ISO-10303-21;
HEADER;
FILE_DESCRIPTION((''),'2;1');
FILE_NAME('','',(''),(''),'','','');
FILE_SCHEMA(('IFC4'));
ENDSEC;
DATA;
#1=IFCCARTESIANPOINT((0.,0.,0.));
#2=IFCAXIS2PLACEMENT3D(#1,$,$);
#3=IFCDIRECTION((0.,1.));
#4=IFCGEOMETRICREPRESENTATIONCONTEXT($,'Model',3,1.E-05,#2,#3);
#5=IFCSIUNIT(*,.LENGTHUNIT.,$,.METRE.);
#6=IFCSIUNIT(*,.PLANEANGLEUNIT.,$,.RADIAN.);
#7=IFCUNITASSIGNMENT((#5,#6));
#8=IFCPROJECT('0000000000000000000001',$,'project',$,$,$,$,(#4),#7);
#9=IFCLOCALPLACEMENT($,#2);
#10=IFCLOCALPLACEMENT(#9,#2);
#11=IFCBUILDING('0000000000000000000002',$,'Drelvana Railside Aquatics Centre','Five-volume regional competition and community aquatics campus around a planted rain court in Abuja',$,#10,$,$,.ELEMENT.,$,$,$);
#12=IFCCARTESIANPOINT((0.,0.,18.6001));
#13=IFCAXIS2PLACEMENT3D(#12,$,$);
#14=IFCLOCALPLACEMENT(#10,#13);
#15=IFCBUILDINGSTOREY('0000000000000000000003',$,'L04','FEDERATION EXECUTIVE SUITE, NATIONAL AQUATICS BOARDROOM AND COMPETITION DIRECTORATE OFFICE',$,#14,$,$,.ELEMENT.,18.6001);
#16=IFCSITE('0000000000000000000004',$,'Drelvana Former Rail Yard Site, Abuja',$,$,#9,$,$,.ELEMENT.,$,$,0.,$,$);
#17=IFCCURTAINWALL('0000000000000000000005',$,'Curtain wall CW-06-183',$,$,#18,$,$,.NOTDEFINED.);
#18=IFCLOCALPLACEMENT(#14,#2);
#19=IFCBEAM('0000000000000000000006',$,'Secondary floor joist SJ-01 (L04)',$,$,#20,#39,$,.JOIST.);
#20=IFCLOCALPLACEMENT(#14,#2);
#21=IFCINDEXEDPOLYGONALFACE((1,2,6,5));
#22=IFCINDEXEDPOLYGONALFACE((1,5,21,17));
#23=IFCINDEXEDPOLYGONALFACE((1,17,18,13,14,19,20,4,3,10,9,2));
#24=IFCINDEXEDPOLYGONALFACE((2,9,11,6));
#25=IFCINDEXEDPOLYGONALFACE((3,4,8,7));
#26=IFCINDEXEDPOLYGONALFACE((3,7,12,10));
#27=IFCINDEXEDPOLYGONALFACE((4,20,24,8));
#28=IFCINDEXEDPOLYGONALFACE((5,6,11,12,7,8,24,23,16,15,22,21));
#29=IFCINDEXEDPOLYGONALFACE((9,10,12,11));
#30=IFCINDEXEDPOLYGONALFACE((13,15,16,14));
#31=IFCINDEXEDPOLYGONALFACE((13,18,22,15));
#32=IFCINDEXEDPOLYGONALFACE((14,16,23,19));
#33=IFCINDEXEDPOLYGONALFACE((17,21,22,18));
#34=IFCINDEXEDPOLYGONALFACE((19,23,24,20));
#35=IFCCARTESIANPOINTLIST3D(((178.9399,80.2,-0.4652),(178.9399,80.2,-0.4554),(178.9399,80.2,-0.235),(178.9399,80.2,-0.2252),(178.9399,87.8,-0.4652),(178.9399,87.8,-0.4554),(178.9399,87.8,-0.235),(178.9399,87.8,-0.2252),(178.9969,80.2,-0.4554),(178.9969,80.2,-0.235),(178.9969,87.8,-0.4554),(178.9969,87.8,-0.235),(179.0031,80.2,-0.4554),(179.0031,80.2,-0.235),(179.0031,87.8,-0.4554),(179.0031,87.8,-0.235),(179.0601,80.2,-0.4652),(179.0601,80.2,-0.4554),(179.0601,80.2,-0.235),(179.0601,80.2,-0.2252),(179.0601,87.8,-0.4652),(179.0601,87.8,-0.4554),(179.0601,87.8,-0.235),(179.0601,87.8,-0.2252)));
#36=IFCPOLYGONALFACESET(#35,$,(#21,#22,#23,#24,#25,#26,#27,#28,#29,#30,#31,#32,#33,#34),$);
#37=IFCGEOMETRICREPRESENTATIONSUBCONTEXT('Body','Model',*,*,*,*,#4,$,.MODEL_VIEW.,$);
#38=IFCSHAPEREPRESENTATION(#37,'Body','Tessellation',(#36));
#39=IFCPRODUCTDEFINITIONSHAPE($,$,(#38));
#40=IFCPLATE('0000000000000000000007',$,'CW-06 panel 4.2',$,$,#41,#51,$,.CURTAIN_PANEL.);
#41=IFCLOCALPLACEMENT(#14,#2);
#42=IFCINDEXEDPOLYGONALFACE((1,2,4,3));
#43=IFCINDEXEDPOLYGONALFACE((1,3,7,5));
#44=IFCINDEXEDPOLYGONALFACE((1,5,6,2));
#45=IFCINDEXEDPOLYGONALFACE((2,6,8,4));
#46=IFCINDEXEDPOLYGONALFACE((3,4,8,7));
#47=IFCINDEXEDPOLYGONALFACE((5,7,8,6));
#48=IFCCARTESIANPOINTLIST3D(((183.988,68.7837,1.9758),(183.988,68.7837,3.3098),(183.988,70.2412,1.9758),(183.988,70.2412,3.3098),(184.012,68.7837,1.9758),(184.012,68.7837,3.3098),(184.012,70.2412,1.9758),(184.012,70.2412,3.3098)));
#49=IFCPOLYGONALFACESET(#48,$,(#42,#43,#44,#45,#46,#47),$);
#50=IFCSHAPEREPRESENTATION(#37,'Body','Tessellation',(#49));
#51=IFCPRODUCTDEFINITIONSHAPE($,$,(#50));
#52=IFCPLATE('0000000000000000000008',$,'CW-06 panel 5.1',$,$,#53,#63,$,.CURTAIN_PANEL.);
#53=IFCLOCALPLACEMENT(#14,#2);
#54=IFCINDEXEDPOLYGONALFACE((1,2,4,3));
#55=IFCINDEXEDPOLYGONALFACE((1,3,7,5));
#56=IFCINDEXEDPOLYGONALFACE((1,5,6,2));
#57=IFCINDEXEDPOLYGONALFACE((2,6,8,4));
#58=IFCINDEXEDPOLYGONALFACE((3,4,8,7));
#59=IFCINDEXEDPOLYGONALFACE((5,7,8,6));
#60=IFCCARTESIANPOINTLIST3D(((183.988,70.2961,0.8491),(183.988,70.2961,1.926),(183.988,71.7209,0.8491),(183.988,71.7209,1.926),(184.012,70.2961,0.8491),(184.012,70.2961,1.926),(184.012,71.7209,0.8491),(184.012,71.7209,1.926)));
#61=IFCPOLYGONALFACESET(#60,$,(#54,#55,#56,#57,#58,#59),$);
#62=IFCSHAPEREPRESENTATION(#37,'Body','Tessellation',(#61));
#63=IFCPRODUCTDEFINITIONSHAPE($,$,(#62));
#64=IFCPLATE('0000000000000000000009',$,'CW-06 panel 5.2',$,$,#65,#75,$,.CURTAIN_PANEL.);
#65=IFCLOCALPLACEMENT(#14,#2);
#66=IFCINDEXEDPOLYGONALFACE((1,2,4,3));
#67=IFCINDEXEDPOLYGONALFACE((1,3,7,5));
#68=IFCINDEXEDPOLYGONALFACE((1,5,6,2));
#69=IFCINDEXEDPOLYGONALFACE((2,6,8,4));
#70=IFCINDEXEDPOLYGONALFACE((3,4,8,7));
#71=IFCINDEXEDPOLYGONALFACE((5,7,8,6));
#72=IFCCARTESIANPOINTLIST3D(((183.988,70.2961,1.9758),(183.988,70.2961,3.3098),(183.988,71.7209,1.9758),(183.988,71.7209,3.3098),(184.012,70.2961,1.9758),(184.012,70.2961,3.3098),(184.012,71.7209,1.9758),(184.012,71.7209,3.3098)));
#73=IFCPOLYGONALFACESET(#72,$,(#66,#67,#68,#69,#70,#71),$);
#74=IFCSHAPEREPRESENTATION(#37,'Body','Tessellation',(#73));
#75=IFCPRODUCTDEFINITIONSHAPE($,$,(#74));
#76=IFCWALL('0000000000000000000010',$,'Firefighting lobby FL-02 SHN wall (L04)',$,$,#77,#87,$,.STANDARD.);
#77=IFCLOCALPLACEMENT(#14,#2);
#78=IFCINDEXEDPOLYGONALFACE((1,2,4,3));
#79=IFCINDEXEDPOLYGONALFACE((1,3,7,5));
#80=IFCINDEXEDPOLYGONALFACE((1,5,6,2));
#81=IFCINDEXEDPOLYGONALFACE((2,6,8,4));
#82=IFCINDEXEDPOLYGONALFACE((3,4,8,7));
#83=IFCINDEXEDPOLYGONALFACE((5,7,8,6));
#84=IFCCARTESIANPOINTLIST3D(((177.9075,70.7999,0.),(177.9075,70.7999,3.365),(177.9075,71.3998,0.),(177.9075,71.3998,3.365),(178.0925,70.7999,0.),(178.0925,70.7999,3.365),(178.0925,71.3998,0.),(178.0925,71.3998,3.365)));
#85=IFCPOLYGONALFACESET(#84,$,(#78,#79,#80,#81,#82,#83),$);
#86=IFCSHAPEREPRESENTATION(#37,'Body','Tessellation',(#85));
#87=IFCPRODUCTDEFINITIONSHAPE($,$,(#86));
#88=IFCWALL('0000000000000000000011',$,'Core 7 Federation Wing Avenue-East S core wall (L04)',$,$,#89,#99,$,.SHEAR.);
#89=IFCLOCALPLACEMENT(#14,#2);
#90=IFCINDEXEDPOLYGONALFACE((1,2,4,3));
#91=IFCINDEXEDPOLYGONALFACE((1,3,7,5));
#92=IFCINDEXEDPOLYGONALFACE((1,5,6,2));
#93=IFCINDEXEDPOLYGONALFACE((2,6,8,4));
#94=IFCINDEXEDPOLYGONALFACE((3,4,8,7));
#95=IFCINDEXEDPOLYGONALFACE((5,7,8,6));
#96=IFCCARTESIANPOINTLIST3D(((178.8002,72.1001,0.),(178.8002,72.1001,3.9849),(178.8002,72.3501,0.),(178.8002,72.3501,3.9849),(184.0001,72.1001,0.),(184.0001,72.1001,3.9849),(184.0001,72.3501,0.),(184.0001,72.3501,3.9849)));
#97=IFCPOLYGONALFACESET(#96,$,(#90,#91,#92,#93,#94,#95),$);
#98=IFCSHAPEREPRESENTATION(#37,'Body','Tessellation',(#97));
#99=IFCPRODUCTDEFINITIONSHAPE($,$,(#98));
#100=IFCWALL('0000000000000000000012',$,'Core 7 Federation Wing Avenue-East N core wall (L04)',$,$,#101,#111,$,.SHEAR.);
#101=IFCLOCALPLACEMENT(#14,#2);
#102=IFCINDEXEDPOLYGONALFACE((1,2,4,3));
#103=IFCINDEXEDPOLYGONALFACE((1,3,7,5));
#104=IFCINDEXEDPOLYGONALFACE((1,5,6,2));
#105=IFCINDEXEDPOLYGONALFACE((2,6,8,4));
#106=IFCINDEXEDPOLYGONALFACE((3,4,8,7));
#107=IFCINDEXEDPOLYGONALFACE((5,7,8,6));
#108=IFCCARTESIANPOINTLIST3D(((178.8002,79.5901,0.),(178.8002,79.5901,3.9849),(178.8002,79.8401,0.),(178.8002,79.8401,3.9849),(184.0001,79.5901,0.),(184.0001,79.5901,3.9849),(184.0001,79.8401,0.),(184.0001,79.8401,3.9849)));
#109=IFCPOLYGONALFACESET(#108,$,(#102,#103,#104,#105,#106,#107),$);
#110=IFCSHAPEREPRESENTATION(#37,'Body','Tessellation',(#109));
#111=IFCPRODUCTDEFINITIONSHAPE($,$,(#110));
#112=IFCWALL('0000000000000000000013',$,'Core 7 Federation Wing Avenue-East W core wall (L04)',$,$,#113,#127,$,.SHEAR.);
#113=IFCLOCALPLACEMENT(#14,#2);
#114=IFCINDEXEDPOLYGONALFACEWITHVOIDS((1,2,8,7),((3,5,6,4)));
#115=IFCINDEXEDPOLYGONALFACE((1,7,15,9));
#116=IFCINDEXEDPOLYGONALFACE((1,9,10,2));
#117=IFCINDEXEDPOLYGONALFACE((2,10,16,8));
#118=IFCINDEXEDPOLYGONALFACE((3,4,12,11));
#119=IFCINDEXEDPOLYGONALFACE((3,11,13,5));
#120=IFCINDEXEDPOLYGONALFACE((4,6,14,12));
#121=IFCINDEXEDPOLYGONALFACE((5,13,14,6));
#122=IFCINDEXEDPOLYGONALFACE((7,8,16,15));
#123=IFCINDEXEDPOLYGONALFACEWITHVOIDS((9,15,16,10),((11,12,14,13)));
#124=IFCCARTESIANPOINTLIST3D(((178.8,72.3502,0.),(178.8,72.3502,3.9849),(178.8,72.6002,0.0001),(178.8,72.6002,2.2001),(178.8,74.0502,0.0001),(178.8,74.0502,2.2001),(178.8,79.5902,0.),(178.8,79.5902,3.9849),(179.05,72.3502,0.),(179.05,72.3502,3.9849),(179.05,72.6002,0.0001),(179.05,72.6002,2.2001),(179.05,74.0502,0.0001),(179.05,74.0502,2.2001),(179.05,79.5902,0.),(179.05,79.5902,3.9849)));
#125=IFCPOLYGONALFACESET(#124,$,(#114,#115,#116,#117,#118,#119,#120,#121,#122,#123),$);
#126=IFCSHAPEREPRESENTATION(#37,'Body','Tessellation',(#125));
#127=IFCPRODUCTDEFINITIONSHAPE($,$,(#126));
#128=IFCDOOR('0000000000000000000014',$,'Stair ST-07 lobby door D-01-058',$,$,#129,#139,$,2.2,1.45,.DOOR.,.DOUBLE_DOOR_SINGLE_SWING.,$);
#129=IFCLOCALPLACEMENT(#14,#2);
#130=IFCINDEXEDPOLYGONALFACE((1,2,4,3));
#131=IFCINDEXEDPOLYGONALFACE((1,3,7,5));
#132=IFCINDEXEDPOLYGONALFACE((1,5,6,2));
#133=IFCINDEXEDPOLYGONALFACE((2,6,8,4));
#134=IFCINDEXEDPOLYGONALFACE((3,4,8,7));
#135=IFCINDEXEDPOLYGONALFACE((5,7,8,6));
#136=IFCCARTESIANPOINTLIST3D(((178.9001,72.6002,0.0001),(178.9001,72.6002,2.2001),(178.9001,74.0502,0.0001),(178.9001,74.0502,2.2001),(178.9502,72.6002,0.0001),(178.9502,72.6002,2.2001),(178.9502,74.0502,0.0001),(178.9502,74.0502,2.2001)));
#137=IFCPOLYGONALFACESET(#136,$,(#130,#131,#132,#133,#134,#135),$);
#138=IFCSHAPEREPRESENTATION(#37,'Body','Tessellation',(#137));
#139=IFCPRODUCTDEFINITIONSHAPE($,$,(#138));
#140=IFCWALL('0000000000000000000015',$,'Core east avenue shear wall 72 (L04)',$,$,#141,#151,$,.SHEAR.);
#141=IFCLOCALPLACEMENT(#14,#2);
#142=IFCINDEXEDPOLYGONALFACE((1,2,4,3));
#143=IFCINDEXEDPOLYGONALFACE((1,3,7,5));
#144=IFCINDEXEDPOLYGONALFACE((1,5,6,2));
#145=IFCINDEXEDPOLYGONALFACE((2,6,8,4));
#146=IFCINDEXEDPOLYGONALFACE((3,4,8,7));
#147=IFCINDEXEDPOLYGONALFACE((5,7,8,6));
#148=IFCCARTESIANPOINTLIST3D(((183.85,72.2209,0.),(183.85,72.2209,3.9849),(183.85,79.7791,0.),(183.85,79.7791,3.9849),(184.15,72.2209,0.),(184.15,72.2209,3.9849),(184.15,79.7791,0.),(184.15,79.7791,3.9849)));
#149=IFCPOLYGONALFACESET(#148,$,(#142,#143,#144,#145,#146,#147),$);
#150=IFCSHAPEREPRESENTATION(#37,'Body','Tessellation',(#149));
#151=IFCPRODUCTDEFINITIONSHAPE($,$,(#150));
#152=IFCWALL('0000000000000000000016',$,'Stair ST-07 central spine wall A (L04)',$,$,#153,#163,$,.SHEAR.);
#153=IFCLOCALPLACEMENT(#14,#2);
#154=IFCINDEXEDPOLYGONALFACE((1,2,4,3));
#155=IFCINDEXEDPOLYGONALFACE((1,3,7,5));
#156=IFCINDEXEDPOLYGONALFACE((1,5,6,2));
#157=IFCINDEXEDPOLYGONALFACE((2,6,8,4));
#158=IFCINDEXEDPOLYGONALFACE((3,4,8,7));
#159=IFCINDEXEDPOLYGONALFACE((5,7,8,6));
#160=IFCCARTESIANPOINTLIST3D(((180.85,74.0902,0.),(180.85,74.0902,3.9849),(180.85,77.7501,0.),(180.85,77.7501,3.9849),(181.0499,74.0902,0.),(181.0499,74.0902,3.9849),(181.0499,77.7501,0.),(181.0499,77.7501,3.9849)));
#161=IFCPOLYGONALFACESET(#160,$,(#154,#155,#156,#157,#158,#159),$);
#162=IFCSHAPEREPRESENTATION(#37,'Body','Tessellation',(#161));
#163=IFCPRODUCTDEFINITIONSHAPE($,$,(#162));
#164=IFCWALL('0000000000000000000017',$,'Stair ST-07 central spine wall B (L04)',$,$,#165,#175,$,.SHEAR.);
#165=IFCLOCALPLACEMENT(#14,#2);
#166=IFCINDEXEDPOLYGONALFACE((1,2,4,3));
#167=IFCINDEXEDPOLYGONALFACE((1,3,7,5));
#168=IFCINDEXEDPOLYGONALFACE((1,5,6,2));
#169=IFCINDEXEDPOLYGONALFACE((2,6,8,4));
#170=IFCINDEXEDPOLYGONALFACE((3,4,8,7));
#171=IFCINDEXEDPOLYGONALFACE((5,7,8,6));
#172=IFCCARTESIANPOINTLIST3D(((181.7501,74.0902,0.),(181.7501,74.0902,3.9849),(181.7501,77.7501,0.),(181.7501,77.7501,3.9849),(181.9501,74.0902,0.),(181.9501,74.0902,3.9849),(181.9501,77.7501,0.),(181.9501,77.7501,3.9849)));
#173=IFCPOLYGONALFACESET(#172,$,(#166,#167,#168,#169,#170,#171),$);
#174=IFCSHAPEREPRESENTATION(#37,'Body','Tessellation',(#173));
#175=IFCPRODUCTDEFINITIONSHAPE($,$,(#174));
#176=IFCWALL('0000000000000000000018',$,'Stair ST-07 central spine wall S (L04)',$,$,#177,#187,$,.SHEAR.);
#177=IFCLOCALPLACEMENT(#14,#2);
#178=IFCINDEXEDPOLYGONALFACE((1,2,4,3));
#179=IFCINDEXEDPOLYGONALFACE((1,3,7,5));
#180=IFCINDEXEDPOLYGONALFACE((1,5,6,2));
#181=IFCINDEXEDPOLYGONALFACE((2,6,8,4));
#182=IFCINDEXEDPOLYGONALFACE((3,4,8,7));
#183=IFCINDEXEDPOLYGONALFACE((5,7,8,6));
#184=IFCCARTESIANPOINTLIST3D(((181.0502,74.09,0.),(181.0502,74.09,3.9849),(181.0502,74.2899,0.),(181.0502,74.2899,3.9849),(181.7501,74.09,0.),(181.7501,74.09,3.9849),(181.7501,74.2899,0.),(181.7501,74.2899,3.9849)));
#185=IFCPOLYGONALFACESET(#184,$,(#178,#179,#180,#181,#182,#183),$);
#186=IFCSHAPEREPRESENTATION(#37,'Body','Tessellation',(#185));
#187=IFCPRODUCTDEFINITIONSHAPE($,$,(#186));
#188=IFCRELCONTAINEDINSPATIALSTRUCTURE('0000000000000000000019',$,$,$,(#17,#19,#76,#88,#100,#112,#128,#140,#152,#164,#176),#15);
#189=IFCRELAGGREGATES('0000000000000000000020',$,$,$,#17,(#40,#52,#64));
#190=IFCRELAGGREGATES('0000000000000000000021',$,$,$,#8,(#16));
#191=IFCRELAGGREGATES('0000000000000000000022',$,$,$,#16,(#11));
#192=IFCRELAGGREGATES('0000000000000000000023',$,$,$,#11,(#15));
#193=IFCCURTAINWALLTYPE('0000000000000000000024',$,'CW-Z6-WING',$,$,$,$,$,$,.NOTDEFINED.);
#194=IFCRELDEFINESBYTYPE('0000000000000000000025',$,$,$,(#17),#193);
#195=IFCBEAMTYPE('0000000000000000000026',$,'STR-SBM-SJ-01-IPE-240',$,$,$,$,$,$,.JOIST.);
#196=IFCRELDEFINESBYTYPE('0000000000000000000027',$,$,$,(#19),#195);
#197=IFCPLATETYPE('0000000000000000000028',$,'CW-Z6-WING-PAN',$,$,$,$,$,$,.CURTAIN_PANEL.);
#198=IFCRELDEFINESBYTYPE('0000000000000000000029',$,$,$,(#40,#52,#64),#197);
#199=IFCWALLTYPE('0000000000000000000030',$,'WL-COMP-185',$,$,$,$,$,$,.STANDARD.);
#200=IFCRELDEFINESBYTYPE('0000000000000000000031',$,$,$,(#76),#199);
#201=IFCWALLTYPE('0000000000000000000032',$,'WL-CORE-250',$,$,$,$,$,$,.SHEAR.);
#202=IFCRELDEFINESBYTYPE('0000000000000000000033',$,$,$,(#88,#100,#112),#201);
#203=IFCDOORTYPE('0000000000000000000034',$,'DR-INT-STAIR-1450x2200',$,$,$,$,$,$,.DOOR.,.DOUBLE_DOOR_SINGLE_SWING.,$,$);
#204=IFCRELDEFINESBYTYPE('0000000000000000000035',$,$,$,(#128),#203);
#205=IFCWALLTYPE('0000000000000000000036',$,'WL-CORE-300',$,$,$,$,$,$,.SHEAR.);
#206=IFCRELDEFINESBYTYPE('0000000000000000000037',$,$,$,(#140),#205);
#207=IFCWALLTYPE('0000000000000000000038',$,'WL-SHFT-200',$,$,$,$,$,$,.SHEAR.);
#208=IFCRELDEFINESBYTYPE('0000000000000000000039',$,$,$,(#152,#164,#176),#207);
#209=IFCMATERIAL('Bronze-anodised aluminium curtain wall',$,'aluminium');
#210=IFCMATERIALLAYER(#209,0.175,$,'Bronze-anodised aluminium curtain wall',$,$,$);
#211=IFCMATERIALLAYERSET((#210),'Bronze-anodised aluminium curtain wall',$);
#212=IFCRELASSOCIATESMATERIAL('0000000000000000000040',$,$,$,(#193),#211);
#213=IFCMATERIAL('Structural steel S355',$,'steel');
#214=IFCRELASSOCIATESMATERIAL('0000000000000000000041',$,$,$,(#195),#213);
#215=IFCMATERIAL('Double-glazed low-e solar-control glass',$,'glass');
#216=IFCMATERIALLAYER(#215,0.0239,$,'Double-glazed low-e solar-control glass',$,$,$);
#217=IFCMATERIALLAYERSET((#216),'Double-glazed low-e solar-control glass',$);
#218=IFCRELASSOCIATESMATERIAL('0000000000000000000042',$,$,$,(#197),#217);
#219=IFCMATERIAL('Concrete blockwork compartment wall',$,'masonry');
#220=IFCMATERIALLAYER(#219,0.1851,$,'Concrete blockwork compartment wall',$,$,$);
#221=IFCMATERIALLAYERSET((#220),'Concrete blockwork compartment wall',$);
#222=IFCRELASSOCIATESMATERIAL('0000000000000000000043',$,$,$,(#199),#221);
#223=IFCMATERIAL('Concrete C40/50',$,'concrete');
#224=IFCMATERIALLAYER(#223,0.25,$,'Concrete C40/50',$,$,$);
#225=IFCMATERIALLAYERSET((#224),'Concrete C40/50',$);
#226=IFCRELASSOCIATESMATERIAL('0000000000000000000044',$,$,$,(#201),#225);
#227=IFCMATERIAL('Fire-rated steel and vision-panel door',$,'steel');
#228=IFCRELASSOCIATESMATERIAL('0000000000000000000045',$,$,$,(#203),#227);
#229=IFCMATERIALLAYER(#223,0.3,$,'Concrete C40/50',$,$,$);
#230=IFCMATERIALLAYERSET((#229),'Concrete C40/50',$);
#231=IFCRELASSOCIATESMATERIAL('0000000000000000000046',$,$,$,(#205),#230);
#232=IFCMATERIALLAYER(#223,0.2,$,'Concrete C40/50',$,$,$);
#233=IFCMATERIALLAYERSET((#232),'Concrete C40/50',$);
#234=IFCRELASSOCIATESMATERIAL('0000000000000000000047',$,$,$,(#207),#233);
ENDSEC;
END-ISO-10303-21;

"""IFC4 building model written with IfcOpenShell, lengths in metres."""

from ifc_helpers import new_model, si_unit, direction, frame, frame_2d, origin, origin_2d, place, context, subcontext, project, spatial, rectangle, i_section, extrude, material, layer, layer_set, material_profile, profile_set, type_object, element, fill, aggregate, save


model = new_model("IFC4")

# Units and contexts
model_context = context("Model", 3, precision=1e-05, world=origin(), true_north=direction((0.0, 1.0)))
body_context = subcontext(model_context, "Body", "Model", "MODEL_VIEW")
ifc_project = project(units=[si_unit("LENGTHUNIT", "METRE"), si_unit("PLANEANGLEUNIT", "RADIAN")], contexts=[model_context])

# Site, building, storey
site_placement = place(None, origin())
site = spatial("IfcSite", under=ifc_project, at=site_placement, Name="Drelvana Former Rail Yard Site, Abuja", CompositionType="ELEMENT", RefElevation=0.0)
building_placement = place(site_placement, origin())
building = spatial("IfcBuilding", under=site, at=building_placement, Name="Drelvana Railside Aquatics Centre", Description="Five-volume regional competition and community aquatics campus around a planted rain court in Abuja", CompositionType="ELEMENT")
storey_placement = place(building_placement, frame((0.0, 0.0, 18.6001)))
storey = spatial("IfcBuildingStorey", under=building, at=storey_placement, Name="L04", Description="FEDERATION EXECUTIVE SUITE, NATIONAL AQUATICS BOARDROOM AND COMPETITION DIRECTORATE OFFICE", CompositionType="ELEMENT", Elevation=18.6001)

# Shared definitions
ifc_material_1 = material(Name="Concrete C40/50", Category="concrete")

# Curtain wall
ifc_material_2 = material(Name="Bronze-anodised aluminium curtain wall", Category="aluminium")
ifc_layer_1 = layer(ifc_material_2, 0.175, Name="Bronze-anodised aluminium curtain wall")
ifc_layer_set_1 = layer_set([ifc_layer_1], Name="Bronze-anodised aluminium curtain wall")
curtain_wall_type = type_object("IfcCurtainWallType", Name="CW-Z6-WING", PredefinedType="NOTDEFINED", material=ifc_layer_set_1)
curtain_wall_placement = place(storey_placement, origin())
curtain_wall = element("IfcCurtainWall", 1, at=curtain_wall_placement, inside=storey, type_object=curtain_wall_type, Name="Curtain wall CW-06-183", PredefinedType="NOTDEFINED")

# Beam
ifc_material_3 = material(Name="Structural steel S355", Category="steel")
ifc_material_profile_1 = material_profile(ifc_material_3, i_section(OverallWidth=0.1201, OverallDepth=0.24, WebThickness=0.0061, FlangeThickness=0.0098, at=origin_2d()), Name="IPE 240")
ifc_profile_set_1 = profile_set([ifc_material_profile_1], Name="Structural steel S355")
beam_type_1 = type_object("IfcBeamType", Name="STR-SBM-SJ-01-IPE-240", PredefinedType="JOIST", material=ifc_profile_set_1)
beam_1_placement = place(storey_placement, frame((179.0, 80.2, -0.3452), z_axis=(0.0, 1.0, 0.0), x_axis=(-1.0, 0.0, 0.0)))
element("IfcBeam", 2, at=beam_1_placement, inside=storey, type_object=beam_type_1, Name="Secondary floor joist SJ-01 (L04)", PredefinedType="JOIST", context=body_context, shape_type="SweptSolid", body=[
    extrude(i_section(OverallWidth=0.1201, OverallDepth=0.24, WebThickness=0.0061, FlangeThickness=0.0098, at=origin_2d()), origin(), (0.0, 0.0, 1.0), 7.6001),
])

# Plates
ifc_material_4 = material(Name="Double-glazed low-e solar-control glass", Category="glass")
ifc_layer_2 = layer(ifc_material_4, 0.0239, Name="Double-glazed low-e solar-control glass")
ifc_layer_set_2 = layer_set([ifc_layer_2], Name="Double-glazed low-e solar-control glass")
plate_type = type_object("IfcPlateType", Name="CW-Z6-WING-PAN", PredefinedType="CURTAIN_PANEL", material=ifc_layer_set_2)
plate_1_placement = place(storey_placement, frame((184.0, 69.5125, 1.9758), z_axis=(0.0, 0.0, 1.0), x_axis=(0.0, 1.0, 0.0)))
plate_1 = element("IfcPlate", 3, at=plate_1_placement, type_object=plate_type, Name="CW-06 panel 4.2", PredefinedType="CURTAIN_PANEL", context=body_context, shape_type="SweptSolid", body=[
    extrude(rectangle(XDim=1.4575, YDim=0.0239, at=origin_2d()), origin(), (0.0, 0.0, 1.0), 1.334),
])
plate_2_placement = place(storey_placement, frame((184.0, 71.0085, 0.8491), z_axis=(0.0, 0.0, 1.0), x_axis=(0.0, 1.0, 0.0)))
plate_2 = element("IfcPlate", 4, at=plate_2_placement, type_object=plate_type, Name="CW-06 panel 5.1", PredefinedType="CURTAIN_PANEL", context=body_context, shape_type="SweptSolid", body=[
    extrude(rectangle(XDim=1.4248, YDim=0.0239, at=origin_2d()), origin(), (0.0, 0.0, 1.0), 1.0769),
])
plate_3_placement = place(storey_placement, frame((184.0, 71.0085, 1.9758), z_axis=(0.0, 0.0, 1.0), x_axis=(0.0, 1.0, 0.0)))
plate_3 = element("IfcPlate", 5, at=plate_3_placement, type_object=plate_type, Name="CW-06 panel 5.2", PredefinedType="CURTAIN_PANEL", context=body_context, shape_type="SweptSolid", body=[
    extrude(rectangle(XDim=1.4248, YDim=0.0239, at=origin_2d()), origin(), (0.0, 0.0, 1.0), 1.334),
])
aggregate(curtain_wall, [plate_1, plate_2, plate_3])

# Walls
ifc_material_5 = material(Name="Concrete blockwork compartment wall", Category="masonry")
ifc_layer_3 = layer(ifc_material_5, 0.1851, Name="Concrete blockwork compartment wall")
ifc_layer_set_3 = layer_set([ifc_layer_3], Name="Concrete blockwork compartment wall")
wall_type_1 = type_object("IfcWallType", Name="WL-COMP-185", PredefinedType="STANDARD", material=ifc_layer_set_3)
wall_1_placement = place(storey_placement, frame((178.0, 70.8, 0.0), z_axis=(0.0, 0.0, 1.0), x_axis=(0.0, 1.0, 0.0)))
element("IfcWall", 6, at=wall_1_placement, inside=storey, type_object=wall_type_1, Name="Firefighting lobby FL-02 SHN wall (L04)", PredefinedType="STANDARD", context=body_context, shape_type="SweptSolid", body=[
    extrude(rectangle(XDim=0.5999, YDim=0.1851, at=frame_2d((0.2998, 0.0))), origin(), (0.0, 0.0, 1.0), 3.365),
])
ifc_layer_4 = layer(ifc_material_1, 0.25, Name="Concrete C40/50")
ifc_layer_set_4 = layer_set([ifc_layer_4], Name="Concrete C40/50")
wall_type_2 = type_object("IfcWallType", Name="WL-CORE-250", PredefinedType="SHEAR", material=ifc_layer_set_4)
for number, where, z_axis, x_axis, name in (
    (7, (178.8, 72.2251, 0.0), (0.0, 0.0, 1.0), (1.0, 0.0, 0.0), "Core 7 Federation Wing Avenue-East S core wall (L04)"),
    (8, (178.8, 79.7151, 0.0), (0.0, 0.0, 1.0), (1.0, 0.0, 0.0), "Core 7 Federation Wing Avenue-East N core wall (L04)"),
):
    element("IfcWall", number, at=place(storey_placement, frame(where, z_axis=z_axis, x_axis=x_axis)), inside=storey, type_object=wall_type_2, Name=name, PredefinedType="SHEAR", context=body_context, shape_type="SweptSolid", body=[
        extrude(rectangle(XDim=5.2, YDim=0.25, at=frame_2d((2.6001, 0.0))), origin(), (0.0, 0.0, 1.0), 3.9849),
    ])

# Wall, opening, door
wall_2_placement = place(storey_placement, frame((178.925, 72.3501, 0.0), z_axis=(0.0, 0.0, 1.0), x_axis=(0.0, 1.0, 0.0)))
wall_2 = element("IfcWall", 9, at=wall_2_placement, inside=storey, type_object=wall_type_2, Name="Core 7 Federation Wing Avenue-East W core wall (L04)", PredefinedType="SHEAR", context=body_context, shape_type="SweptSolid", body=[
    extrude(rectangle(XDim=7.24, YDim=0.25, at=frame_2d((3.6201, 0.0))), origin(), (0.0, 0.0, 1.0), 3.9849),
])
opening_placement = place(wall_2_placement, frame((0.25, 0.0, 0.0)))
opening = element("IfcOpeningElement", 10, at=opening_placement, cuts=wall_2, PredefinedType="OPENING", context=body_context, shape_type="SweptSolid", body=[
    extrude(rectangle(XDim=1.45, YDim=2.2, at=frame_2d((0.7251, 1.1001))), frame((0.0, 0.135, 0.0), z_axis=(0.0, -1.0, 0.0), x_axis=(1.0, 0.0, 0.0)), (0.0, 0.0, 1.0), 0.27),
])
ifc_material_6 = material(Name="Fire-rated steel and vision-panel door", Category="steel")
door_type = type_object("IfcDoorType", Name="DR-INT-STAIR-1450x2200", OperationType="DOUBLE_DOOR_SINGLE_SWING", PredefinedType="DOOR", material=ifc_material_6)
door_placement = place(opening_placement, origin())
door = element("IfcDoor", 11, at=door_placement, inside=storey, type_object=door_type, Name="Stair ST-07 lobby door D-01-058", OperationType="DOUBLE_DOOR_SINGLE_SWING", OverallHeight=2.2, OverallWidth=1.45, PredefinedType="DOOR", context=body_context, shape_type="SweptSolid", body=[
    extrude(rectangle(XDim=1.45, YDim=2.2, at=frame_2d((0.7251, 1.1001))), frame((0.0, 0.0249, 0.0), z_axis=(0.0, -1.0, 0.0), x_axis=(1.0, 0.0, 0.0)), (0.0, 0.0, 1.0), 0.05),
])
fill(opening, door)

# Walls
ifc_layer_5 = layer(ifc_material_1, 0.3, Name="Concrete C40/50")
ifc_layer_set_5 = layer_set([ifc_layer_5], Name="Concrete C40/50")
wall_type_3 = type_object("IfcWallType", Name="WL-CORE-300", PredefinedType="SHEAR", material=ifc_layer_set_5)
wall_3_placement = place(storey_placement, frame((184.0, 72.2209, 0.0), z_axis=(0.0, 0.0, 1.0), x_axis=(0.0, 1.0, 0.0)))
element("IfcWall", 12, at=wall_3_placement, inside=storey, type_object=wall_type_3, Name="Core east avenue shear wall 72 (L04)", PredefinedType="SHEAR", context=body_context, shape_type="SweptSolid", body=[
    extrude(rectangle(XDim=7.5581, YDim=0.3, at=frame_2d((3.7791, 0.0))), origin(), (0.0, 0.0, 1.0), 3.9849),
])
ifc_layer_6 = layer(ifc_material_1, 0.2, Name="Concrete C40/50")
ifc_layer_set_6 = layer_set([ifc_layer_6], Name="Concrete C40/50")
wall_type_4 = type_object("IfcWallType", Name="WL-SHFT-200", PredefinedType="SHEAR", material=ifc_layer_set_6)
for number, where, z_axis, x_axis, name in (
    (13, (180.95, 74.0901, 0.0), (0.0, 0.0, 1.0), (0.0, 1.0, 0.0), "Stair ST-07 central spine wall A (L04)"),
    (14, (181.8501, 74.0901, 0.0), (0.0, 0.0, 1.0), (0.0, 1.0, 0.0), "Stair ST-07 central spine wall B (L04)"),
):
    element("IfcWall", number, at=place(storey_placement, frame(where, z_axis=z_axis, x_axis=x_axis)), inside=storey, type_object=wall_type_4, Name=name, PredefinedType="SHEAR", context=body_context, shape_type="SweptSolid", body=[
        extrude(rectangle(XDim=3.6599, YDim=0.2, at=frame_2d((1.8301, 0.0))), origin(), (0.0, 0.0, 1.0), 3.9849),
    ])
for number, where, z_axis, x_axis, name in (
    (15, (181.05, 74.1899, 0.0), (0.0, 0.0, 1.0), (1.0, 0.0, 0.0), "Stair ST-07 central spine wall S (L04)"),
):
    element("IfcWall", number, at=place(storey_placement, frame(where, z_axis=z_axis, x_axis=x_axis)), inside=storey, type_object=wall_type_4, Name=name, PredefinedType="SHEAR", context=body_context, shape_type="SweptSolid", body=[
        extrude(rectangle(XDim=0.7, YDim=0.2, at=frame_2d((0.3501, 0.0))), origin(), (0.0, 0.0, 1.0), 3.9849),
    ])

save(model, "model.ifc")
